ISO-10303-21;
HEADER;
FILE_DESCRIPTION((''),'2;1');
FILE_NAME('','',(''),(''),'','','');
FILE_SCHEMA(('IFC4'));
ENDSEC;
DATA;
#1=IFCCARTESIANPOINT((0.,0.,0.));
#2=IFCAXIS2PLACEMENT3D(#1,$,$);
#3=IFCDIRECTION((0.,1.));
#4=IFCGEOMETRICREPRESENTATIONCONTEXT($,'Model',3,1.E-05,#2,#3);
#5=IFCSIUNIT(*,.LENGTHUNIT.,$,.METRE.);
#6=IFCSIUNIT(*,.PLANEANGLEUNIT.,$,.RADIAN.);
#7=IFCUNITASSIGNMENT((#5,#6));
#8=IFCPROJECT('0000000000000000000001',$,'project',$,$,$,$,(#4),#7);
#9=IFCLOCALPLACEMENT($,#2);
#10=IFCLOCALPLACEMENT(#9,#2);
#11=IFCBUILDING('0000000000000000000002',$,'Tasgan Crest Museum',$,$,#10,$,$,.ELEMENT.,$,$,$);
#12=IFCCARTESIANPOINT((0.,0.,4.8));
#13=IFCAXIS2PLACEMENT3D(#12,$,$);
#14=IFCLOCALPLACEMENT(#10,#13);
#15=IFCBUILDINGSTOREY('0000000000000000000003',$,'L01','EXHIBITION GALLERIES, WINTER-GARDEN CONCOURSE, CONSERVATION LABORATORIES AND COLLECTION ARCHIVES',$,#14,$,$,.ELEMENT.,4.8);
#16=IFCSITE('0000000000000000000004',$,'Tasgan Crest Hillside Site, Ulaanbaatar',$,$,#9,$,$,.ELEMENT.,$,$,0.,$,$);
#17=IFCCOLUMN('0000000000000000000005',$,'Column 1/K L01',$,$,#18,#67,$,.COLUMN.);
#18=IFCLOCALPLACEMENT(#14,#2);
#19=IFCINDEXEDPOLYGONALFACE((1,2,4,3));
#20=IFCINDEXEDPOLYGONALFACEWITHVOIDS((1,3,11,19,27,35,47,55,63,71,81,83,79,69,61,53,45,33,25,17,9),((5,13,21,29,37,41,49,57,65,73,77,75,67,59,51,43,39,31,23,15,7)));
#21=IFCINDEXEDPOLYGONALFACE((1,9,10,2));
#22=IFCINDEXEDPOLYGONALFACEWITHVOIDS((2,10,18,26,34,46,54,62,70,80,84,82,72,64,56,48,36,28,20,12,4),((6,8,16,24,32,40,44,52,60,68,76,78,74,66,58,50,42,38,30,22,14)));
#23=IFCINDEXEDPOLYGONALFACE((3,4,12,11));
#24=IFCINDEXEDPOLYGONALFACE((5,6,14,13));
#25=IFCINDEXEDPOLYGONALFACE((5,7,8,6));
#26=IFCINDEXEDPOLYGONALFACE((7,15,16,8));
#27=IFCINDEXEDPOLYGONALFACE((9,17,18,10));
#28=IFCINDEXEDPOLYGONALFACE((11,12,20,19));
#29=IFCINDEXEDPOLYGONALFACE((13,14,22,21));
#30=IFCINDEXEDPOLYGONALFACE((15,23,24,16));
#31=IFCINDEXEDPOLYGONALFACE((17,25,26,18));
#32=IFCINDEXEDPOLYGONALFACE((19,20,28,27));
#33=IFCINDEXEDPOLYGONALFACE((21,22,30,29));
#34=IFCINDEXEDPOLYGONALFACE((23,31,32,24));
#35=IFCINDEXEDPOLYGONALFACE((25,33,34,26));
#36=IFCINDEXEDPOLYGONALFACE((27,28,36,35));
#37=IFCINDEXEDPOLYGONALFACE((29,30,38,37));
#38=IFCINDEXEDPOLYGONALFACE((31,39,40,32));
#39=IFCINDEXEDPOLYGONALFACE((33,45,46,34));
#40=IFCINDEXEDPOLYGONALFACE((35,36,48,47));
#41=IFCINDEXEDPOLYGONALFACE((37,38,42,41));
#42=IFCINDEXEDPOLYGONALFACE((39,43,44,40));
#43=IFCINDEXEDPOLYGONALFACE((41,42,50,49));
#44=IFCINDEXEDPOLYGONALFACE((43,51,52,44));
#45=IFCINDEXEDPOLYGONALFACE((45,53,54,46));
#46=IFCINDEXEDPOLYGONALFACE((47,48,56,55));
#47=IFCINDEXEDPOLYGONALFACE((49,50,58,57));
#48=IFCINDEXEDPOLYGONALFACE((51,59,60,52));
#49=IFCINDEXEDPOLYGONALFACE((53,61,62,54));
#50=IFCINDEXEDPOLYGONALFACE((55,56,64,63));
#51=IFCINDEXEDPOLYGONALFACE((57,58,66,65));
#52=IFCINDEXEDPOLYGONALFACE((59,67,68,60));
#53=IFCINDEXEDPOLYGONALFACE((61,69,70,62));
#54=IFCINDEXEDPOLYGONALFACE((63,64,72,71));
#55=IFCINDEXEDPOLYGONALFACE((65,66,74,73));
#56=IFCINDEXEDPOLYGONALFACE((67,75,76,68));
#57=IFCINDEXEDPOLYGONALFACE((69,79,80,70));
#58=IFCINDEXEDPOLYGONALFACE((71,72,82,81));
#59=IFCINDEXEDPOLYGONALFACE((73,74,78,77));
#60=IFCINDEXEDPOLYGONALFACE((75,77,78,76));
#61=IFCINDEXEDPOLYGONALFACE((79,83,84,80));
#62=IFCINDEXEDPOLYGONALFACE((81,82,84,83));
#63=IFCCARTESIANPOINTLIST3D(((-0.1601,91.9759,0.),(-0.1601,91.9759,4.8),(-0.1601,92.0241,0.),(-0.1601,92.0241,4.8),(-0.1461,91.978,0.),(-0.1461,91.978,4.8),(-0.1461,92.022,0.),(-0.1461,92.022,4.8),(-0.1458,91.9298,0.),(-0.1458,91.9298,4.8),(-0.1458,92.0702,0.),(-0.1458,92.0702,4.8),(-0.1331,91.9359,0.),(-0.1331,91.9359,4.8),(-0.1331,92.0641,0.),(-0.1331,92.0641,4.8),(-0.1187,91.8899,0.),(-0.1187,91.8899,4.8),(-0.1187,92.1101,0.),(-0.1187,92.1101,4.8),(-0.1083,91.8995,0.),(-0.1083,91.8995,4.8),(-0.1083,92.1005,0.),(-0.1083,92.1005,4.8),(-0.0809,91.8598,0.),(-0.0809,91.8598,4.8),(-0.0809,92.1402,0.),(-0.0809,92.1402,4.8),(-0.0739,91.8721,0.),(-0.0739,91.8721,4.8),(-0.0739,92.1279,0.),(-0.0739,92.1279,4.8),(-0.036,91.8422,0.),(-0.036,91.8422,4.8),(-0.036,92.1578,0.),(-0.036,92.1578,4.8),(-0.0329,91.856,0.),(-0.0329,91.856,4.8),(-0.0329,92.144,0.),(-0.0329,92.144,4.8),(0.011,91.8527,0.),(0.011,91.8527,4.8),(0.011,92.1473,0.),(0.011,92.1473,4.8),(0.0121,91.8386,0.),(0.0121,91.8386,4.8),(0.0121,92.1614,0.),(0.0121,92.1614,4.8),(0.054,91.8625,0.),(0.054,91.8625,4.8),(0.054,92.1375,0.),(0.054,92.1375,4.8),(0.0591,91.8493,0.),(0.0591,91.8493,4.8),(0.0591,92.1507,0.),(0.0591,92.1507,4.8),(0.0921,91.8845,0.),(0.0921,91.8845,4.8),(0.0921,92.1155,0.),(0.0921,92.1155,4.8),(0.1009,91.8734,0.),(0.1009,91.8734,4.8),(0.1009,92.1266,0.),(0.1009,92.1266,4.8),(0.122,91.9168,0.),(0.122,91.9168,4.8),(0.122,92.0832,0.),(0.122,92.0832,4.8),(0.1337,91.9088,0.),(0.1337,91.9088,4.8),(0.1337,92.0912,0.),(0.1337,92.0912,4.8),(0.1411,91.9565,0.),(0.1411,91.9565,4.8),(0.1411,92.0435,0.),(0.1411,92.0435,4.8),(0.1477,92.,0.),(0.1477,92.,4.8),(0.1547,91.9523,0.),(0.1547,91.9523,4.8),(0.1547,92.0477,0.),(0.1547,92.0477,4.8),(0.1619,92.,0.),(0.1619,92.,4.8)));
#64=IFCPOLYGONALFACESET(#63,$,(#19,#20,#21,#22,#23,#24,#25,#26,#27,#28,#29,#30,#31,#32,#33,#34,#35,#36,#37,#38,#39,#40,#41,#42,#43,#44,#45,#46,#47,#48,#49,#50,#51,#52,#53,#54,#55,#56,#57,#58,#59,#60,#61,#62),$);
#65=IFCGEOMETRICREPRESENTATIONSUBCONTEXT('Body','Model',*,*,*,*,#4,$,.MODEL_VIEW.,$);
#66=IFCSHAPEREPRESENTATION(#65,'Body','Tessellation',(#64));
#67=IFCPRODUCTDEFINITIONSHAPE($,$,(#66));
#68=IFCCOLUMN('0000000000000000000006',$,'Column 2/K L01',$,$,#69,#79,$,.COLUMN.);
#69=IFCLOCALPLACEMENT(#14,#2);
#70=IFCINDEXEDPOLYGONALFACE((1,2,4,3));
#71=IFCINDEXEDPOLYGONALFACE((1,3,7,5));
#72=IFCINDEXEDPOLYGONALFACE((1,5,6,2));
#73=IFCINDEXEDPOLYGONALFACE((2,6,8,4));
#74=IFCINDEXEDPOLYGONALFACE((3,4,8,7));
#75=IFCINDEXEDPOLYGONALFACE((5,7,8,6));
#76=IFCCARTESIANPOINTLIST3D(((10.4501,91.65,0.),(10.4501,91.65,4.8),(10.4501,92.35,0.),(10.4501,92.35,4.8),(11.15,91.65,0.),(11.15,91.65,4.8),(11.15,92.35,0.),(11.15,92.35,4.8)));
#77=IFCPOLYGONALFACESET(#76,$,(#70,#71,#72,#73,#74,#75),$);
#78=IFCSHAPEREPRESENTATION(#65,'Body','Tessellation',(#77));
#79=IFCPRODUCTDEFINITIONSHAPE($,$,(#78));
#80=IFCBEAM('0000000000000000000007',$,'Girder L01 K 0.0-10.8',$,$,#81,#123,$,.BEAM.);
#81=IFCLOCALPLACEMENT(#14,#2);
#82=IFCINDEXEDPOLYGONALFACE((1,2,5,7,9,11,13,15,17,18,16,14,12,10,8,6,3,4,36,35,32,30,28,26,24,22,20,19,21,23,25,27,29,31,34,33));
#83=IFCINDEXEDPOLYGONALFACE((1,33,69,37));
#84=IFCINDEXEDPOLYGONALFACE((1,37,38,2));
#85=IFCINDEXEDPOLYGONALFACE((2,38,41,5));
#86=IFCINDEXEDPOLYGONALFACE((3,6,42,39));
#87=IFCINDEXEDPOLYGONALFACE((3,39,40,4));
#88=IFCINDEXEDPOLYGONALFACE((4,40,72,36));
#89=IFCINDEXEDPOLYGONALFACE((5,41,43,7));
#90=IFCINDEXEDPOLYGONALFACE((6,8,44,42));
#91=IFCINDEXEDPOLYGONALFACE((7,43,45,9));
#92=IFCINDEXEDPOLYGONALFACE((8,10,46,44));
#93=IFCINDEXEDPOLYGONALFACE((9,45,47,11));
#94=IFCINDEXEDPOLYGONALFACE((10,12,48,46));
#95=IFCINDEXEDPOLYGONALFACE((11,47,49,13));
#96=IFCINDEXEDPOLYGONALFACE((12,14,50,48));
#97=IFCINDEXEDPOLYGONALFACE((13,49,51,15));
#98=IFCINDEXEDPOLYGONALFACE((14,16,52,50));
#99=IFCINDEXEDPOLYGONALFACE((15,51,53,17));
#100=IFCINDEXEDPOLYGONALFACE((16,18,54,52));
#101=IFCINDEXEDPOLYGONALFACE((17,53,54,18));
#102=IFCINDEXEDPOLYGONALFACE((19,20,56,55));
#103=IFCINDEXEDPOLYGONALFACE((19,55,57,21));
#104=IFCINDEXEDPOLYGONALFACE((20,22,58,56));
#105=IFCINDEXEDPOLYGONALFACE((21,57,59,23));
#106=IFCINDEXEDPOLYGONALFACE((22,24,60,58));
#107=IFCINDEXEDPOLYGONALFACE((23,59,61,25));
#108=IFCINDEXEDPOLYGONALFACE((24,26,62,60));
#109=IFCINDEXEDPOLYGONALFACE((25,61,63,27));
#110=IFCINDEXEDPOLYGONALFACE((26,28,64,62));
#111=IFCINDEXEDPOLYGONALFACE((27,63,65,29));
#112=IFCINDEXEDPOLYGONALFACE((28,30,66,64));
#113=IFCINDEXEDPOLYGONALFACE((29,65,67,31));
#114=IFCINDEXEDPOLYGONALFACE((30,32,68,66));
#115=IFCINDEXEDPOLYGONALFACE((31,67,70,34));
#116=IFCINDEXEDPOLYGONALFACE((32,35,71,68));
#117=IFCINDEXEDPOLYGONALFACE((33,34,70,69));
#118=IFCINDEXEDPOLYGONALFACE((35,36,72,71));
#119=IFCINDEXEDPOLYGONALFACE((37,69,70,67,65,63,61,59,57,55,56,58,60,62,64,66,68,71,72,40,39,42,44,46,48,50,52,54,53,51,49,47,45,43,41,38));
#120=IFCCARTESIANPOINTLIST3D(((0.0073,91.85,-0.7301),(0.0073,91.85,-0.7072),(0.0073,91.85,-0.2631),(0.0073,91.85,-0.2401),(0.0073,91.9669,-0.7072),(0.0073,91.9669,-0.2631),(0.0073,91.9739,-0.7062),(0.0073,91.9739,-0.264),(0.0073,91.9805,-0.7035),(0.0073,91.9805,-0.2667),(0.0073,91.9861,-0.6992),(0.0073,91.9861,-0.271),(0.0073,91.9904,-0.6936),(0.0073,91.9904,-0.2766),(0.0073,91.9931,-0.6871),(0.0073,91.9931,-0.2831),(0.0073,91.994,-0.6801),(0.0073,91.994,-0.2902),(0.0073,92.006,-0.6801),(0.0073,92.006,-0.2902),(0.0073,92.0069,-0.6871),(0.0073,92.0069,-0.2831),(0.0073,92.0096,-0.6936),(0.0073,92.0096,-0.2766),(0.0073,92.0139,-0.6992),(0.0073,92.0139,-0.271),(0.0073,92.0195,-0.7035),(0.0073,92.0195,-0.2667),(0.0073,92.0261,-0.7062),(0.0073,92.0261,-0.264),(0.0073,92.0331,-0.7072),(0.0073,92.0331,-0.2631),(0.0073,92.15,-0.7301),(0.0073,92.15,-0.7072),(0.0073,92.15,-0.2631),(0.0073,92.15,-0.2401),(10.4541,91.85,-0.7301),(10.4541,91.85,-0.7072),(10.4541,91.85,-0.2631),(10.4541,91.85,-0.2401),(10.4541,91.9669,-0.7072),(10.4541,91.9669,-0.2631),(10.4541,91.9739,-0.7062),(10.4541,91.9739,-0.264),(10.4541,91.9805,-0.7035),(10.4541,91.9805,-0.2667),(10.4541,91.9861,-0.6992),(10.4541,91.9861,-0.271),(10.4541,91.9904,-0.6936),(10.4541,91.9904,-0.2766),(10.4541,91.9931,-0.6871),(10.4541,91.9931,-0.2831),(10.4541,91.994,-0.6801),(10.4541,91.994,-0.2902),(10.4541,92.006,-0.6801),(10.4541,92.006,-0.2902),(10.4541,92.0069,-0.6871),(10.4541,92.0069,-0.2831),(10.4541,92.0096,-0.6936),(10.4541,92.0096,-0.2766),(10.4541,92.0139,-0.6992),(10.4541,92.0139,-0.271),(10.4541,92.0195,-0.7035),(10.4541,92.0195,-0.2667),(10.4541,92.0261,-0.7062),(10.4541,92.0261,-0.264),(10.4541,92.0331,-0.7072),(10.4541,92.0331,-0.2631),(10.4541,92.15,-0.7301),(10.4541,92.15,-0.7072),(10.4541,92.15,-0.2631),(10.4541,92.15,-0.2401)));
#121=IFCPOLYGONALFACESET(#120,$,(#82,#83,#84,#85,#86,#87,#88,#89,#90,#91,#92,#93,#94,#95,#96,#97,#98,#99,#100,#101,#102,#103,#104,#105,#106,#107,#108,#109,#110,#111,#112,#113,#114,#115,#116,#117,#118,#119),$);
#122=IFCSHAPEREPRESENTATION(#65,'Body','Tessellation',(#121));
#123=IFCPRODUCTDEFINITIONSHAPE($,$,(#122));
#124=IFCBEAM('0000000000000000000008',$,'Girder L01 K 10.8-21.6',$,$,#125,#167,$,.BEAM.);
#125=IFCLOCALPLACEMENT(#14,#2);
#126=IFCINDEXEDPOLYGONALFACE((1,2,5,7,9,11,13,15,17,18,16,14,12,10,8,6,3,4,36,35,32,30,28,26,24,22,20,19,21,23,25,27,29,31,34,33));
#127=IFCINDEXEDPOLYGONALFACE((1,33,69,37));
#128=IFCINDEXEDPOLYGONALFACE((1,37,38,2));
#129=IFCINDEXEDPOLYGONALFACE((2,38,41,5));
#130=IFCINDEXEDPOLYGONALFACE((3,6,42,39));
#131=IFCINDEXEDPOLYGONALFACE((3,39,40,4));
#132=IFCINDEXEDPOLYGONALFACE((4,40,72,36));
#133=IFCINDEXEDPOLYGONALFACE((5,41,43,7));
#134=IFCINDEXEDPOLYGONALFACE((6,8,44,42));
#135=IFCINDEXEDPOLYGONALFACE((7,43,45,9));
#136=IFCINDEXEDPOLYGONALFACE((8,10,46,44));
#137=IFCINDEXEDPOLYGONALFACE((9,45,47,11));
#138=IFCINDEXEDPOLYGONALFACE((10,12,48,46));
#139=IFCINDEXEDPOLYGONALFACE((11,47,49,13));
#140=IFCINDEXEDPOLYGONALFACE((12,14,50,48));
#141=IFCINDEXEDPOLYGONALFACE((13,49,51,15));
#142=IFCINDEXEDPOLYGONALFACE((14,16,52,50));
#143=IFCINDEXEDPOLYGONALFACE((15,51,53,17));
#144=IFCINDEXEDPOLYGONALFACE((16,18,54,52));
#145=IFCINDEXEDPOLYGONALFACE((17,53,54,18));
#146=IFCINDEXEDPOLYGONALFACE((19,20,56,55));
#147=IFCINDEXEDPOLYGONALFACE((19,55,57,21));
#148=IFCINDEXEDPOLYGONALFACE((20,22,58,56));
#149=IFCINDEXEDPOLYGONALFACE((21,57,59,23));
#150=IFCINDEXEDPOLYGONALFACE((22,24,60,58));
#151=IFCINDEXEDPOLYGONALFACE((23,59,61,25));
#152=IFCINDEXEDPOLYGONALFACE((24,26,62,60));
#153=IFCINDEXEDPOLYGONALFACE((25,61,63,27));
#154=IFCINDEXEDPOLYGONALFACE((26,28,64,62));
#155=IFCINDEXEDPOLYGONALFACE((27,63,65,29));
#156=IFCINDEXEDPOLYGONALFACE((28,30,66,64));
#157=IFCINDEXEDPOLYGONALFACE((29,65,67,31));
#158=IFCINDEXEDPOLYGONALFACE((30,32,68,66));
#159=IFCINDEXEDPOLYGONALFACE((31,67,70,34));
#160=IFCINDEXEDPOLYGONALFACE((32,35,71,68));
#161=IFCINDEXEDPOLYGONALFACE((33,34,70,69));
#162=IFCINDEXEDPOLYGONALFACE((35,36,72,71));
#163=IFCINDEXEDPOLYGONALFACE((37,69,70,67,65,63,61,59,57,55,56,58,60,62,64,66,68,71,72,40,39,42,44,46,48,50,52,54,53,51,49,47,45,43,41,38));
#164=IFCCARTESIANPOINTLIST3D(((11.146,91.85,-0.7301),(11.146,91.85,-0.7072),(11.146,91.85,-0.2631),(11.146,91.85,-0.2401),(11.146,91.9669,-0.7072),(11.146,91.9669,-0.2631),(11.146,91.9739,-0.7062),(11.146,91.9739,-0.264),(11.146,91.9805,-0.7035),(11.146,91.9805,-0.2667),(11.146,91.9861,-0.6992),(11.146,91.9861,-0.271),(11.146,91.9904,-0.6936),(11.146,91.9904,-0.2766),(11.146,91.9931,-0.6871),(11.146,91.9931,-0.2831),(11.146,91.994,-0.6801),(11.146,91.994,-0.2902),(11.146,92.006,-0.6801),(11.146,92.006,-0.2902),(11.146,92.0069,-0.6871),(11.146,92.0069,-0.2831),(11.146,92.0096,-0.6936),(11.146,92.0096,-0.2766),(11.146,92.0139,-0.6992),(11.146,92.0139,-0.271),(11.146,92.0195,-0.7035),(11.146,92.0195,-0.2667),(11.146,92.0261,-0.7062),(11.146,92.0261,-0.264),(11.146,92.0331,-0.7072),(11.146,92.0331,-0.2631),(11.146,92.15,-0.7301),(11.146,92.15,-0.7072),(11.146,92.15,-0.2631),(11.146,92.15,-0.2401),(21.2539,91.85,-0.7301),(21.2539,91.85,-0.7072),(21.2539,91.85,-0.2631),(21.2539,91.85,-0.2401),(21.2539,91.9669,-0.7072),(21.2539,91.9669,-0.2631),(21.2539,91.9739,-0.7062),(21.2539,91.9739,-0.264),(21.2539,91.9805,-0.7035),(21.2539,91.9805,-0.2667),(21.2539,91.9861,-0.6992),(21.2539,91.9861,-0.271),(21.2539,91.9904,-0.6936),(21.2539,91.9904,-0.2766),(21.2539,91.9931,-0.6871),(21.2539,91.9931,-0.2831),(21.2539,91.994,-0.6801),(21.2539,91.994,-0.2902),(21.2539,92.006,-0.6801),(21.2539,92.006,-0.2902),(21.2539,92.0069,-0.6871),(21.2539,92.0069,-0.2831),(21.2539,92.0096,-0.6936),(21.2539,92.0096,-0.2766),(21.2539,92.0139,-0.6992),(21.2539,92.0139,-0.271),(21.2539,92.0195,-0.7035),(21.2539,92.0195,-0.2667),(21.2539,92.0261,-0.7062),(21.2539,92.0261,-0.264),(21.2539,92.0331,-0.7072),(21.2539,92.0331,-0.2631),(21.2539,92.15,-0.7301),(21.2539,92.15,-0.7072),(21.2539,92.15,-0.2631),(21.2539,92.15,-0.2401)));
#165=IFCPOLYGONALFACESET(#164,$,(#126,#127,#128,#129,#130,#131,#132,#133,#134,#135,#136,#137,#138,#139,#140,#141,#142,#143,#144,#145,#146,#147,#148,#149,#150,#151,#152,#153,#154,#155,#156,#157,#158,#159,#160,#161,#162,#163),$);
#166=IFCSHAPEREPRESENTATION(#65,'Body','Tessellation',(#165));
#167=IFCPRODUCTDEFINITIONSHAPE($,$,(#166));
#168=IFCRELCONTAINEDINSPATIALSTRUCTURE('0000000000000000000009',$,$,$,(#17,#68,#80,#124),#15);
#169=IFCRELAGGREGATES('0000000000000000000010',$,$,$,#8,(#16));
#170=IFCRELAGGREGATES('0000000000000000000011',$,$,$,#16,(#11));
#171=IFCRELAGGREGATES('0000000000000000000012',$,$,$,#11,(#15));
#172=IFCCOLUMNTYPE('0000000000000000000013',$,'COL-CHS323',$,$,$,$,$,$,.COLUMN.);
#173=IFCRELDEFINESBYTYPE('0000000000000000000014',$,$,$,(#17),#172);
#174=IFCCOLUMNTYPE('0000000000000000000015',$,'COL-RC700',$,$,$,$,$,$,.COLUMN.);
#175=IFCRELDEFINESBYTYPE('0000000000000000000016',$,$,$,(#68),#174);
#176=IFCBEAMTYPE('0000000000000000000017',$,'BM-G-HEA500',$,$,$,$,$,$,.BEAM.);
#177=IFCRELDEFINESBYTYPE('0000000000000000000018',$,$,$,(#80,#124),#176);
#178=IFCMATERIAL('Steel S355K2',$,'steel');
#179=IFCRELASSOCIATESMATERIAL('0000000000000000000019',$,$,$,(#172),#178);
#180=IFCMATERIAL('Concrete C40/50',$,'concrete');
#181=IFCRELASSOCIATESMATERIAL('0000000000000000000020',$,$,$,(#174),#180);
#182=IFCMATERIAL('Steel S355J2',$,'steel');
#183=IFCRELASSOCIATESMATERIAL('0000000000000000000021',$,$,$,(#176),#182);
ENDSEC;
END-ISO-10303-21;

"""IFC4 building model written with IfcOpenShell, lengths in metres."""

from ifc_helpers import new_model, si_unit, direction, frame, origin, origin_2d, place, context, subcontext, project, spatial, rectangle, hollow_circle, i_section, extrude, material, material_profile, profile_set, type_object, element, save


model = new_model("IFC4")

# Units and contexts
model_context = context("Model", 3, precision=1e-05, world=origin(), true_north=direction((0.0, 1.0)))
body_context = subcontext(model_context, "Body", "Model", "MODEL_VIEW")
ifc_project = project(units=[si_unit("LENGTHUNIT", "METRE"), si_unit("PLANEANGLEUNIT", "RADIAN")], contexts=[model_context])

# Site, building, storey
site_placement = place(None, origin())
site = spatial("IfcSite", under=ifc_project, at=site_placement, Name="Tasgan Crest Hillside Site, Ulaanbaatar", CompositionType="ELEMENT", RefElevation=0.0)
building_placement = place(site_placement, origin())
building = spatial("IfcBuilding", under=site, at=building_placement, Name="Tasgan Crest Museum", CompositionType="ELEMENT")
storey_placement = place(building_placement, frame((0.0, 0.0, 4.8)))
storey = spatial("IfcBuildingStorey", under=building, at=storey_placement, Name="L01", Description="EXHIBITION GALLERIES, WINTER-GARDEN CONCOURSE, CONSERVATION LABORATORIES AND COLLECTION ARCHIVES", CompositionType="ELEMENT", Elevation=4.8)

# Columns
ifc_material_1 = material(Name="Steel S355K2", Category="steel")
ifc_material_profile_1 = material_profile(ifc_material_1, hollow_circle(Radius=0.1619, WallThickness=0.0142, at=origin_2d()), Name="CHS 323.9x14.2")
ifc_profile_set_1 = profile_set([ifc_material_profile_1], Name="Steel S355K2")
column_type_1 = type_object("IfcColumnType", Name="COL-CHS323", PredefinedType="COLUMN", material=ifc_profile_set_1)
column_1_placement = place(storey_placement, frame((0.0, 92.0, 0.0), z_axis=(0.0, 0.0, 1.0), x_axis=(1.0, 0.0, 0.0)))
element("IfcColumn", 1, at=column_1_placement, inside=storey, type_object=column_type_1, Name="Column 1/K L01", PredefinedType="COLUMN", context=body_context, shape_type="SweptSolid", body=[
    extrude(hollow_circle(Radius=0.1619, WallThickness=0.0142, at=origin_2d()), origin(), (0.0, 0.0, 1.0), 4.8),
])
ifc_material_2 = material(Name="Concrete C40/50", Category="concrete")
ifc_material_profile_2 = material_profile(ifc_material_2, rectangle(XDim=0.7, YDim=0.7, at=origin_2d()), Name="RC 700x700")
ifc_profile_set_2 = profile_set([ifc_material_profile_2], Name="Concrete C40/50")
column_type_2 = type_object("IfcColumnType", Name="COL-RC700", PredefinedType="COLUMN", material=ifc_profile_set_2)
column_2_placement = place(storey_placement, frame((10.8, 92.0, 0.0), z_axis=(0.0, 0.0, 1.0), x_axis=(1.0, 0.0, 0.0)))
element("IfcColumn", 2, at=column_2_placement, inside=storey, type_object=column_type_2, Name="Column 2/K L01", PredefinedType="COLUMN", context=body_context, shape_type="SweptSolid", body=[
    extrude(rectangle(XDim=0.7, YDim=0.7, at=origin_2d()), origin(), (0.0, 0.0, 1.0), 4.8),
])

# Beams
ifc_material_3 = material(Name="Steel S355J2", Category="steel")
ifc_material_profile_3 = material_profile(ifc_material_3, i_section(OverallWidth=0.3, OverallDepth=0.49, WebThickness=0.012, FlangeThickness=0.0229, FilletRadius=0.0271, at=origin_2d()), Name="HEA 500")
ifc_profile_set_3 = profile_set([ifc_material_profile_3], Name="Steel S355J2")
beam_type_1 = type_object("IfcBeamType", Name="BM-G-HEA500", PredefinedType="BEAM", material=ifc_profile_set_3)
beam_1_placement = place(storey_placement, frame((0.0073, 92.0, -0.4851), z_axis=(1.0, 0.0, 0.0), x_axis=(0.0, 1.0, 0.0)))
element("IfcBeam", 3, at=beam_1_placement, inside=storey, type_object=beam_type_1, Name="Girder L01 K 0.0-10.8", PredefinedType="BEAM", context=body_context, shape_type="SweptSolid", body=[
    extrude(i_section(OverallWidth=0.3, OverallDepth=0.49, WebThickness=0.012, FlangeThickness=0.0229, FilletRadius=0.0271, at=origin_2d()), origin(), (0.0, 0.0, 1.0), 10.4468),
])
beam_2_placement = place(storey_placement, frame((11.146, 92.0, -0.4851), z_axis=(1.0, 0.0, 0.0), x_axis=(0.0, 1.0, 0.0)))
element("IfcBeam", 4, at=beam_2_placement, inside=storey, type_object=beam_type_1, Name="Girder L01 K 10.8-21.6", PredefinedType="BEAM", context=body_context, shape_type="SweptSolid", body=[
    extrude(i_section(OverallWidth=0.3, OverallDepth=0.49, WebThickness=0.012, FlangeThickness=0.0229, FilletRadius=0.0271, at=origin_2d()), origin(), (0.0, 0.0, 1.0), 10.1079),
])

save(model, "model.ifc")
